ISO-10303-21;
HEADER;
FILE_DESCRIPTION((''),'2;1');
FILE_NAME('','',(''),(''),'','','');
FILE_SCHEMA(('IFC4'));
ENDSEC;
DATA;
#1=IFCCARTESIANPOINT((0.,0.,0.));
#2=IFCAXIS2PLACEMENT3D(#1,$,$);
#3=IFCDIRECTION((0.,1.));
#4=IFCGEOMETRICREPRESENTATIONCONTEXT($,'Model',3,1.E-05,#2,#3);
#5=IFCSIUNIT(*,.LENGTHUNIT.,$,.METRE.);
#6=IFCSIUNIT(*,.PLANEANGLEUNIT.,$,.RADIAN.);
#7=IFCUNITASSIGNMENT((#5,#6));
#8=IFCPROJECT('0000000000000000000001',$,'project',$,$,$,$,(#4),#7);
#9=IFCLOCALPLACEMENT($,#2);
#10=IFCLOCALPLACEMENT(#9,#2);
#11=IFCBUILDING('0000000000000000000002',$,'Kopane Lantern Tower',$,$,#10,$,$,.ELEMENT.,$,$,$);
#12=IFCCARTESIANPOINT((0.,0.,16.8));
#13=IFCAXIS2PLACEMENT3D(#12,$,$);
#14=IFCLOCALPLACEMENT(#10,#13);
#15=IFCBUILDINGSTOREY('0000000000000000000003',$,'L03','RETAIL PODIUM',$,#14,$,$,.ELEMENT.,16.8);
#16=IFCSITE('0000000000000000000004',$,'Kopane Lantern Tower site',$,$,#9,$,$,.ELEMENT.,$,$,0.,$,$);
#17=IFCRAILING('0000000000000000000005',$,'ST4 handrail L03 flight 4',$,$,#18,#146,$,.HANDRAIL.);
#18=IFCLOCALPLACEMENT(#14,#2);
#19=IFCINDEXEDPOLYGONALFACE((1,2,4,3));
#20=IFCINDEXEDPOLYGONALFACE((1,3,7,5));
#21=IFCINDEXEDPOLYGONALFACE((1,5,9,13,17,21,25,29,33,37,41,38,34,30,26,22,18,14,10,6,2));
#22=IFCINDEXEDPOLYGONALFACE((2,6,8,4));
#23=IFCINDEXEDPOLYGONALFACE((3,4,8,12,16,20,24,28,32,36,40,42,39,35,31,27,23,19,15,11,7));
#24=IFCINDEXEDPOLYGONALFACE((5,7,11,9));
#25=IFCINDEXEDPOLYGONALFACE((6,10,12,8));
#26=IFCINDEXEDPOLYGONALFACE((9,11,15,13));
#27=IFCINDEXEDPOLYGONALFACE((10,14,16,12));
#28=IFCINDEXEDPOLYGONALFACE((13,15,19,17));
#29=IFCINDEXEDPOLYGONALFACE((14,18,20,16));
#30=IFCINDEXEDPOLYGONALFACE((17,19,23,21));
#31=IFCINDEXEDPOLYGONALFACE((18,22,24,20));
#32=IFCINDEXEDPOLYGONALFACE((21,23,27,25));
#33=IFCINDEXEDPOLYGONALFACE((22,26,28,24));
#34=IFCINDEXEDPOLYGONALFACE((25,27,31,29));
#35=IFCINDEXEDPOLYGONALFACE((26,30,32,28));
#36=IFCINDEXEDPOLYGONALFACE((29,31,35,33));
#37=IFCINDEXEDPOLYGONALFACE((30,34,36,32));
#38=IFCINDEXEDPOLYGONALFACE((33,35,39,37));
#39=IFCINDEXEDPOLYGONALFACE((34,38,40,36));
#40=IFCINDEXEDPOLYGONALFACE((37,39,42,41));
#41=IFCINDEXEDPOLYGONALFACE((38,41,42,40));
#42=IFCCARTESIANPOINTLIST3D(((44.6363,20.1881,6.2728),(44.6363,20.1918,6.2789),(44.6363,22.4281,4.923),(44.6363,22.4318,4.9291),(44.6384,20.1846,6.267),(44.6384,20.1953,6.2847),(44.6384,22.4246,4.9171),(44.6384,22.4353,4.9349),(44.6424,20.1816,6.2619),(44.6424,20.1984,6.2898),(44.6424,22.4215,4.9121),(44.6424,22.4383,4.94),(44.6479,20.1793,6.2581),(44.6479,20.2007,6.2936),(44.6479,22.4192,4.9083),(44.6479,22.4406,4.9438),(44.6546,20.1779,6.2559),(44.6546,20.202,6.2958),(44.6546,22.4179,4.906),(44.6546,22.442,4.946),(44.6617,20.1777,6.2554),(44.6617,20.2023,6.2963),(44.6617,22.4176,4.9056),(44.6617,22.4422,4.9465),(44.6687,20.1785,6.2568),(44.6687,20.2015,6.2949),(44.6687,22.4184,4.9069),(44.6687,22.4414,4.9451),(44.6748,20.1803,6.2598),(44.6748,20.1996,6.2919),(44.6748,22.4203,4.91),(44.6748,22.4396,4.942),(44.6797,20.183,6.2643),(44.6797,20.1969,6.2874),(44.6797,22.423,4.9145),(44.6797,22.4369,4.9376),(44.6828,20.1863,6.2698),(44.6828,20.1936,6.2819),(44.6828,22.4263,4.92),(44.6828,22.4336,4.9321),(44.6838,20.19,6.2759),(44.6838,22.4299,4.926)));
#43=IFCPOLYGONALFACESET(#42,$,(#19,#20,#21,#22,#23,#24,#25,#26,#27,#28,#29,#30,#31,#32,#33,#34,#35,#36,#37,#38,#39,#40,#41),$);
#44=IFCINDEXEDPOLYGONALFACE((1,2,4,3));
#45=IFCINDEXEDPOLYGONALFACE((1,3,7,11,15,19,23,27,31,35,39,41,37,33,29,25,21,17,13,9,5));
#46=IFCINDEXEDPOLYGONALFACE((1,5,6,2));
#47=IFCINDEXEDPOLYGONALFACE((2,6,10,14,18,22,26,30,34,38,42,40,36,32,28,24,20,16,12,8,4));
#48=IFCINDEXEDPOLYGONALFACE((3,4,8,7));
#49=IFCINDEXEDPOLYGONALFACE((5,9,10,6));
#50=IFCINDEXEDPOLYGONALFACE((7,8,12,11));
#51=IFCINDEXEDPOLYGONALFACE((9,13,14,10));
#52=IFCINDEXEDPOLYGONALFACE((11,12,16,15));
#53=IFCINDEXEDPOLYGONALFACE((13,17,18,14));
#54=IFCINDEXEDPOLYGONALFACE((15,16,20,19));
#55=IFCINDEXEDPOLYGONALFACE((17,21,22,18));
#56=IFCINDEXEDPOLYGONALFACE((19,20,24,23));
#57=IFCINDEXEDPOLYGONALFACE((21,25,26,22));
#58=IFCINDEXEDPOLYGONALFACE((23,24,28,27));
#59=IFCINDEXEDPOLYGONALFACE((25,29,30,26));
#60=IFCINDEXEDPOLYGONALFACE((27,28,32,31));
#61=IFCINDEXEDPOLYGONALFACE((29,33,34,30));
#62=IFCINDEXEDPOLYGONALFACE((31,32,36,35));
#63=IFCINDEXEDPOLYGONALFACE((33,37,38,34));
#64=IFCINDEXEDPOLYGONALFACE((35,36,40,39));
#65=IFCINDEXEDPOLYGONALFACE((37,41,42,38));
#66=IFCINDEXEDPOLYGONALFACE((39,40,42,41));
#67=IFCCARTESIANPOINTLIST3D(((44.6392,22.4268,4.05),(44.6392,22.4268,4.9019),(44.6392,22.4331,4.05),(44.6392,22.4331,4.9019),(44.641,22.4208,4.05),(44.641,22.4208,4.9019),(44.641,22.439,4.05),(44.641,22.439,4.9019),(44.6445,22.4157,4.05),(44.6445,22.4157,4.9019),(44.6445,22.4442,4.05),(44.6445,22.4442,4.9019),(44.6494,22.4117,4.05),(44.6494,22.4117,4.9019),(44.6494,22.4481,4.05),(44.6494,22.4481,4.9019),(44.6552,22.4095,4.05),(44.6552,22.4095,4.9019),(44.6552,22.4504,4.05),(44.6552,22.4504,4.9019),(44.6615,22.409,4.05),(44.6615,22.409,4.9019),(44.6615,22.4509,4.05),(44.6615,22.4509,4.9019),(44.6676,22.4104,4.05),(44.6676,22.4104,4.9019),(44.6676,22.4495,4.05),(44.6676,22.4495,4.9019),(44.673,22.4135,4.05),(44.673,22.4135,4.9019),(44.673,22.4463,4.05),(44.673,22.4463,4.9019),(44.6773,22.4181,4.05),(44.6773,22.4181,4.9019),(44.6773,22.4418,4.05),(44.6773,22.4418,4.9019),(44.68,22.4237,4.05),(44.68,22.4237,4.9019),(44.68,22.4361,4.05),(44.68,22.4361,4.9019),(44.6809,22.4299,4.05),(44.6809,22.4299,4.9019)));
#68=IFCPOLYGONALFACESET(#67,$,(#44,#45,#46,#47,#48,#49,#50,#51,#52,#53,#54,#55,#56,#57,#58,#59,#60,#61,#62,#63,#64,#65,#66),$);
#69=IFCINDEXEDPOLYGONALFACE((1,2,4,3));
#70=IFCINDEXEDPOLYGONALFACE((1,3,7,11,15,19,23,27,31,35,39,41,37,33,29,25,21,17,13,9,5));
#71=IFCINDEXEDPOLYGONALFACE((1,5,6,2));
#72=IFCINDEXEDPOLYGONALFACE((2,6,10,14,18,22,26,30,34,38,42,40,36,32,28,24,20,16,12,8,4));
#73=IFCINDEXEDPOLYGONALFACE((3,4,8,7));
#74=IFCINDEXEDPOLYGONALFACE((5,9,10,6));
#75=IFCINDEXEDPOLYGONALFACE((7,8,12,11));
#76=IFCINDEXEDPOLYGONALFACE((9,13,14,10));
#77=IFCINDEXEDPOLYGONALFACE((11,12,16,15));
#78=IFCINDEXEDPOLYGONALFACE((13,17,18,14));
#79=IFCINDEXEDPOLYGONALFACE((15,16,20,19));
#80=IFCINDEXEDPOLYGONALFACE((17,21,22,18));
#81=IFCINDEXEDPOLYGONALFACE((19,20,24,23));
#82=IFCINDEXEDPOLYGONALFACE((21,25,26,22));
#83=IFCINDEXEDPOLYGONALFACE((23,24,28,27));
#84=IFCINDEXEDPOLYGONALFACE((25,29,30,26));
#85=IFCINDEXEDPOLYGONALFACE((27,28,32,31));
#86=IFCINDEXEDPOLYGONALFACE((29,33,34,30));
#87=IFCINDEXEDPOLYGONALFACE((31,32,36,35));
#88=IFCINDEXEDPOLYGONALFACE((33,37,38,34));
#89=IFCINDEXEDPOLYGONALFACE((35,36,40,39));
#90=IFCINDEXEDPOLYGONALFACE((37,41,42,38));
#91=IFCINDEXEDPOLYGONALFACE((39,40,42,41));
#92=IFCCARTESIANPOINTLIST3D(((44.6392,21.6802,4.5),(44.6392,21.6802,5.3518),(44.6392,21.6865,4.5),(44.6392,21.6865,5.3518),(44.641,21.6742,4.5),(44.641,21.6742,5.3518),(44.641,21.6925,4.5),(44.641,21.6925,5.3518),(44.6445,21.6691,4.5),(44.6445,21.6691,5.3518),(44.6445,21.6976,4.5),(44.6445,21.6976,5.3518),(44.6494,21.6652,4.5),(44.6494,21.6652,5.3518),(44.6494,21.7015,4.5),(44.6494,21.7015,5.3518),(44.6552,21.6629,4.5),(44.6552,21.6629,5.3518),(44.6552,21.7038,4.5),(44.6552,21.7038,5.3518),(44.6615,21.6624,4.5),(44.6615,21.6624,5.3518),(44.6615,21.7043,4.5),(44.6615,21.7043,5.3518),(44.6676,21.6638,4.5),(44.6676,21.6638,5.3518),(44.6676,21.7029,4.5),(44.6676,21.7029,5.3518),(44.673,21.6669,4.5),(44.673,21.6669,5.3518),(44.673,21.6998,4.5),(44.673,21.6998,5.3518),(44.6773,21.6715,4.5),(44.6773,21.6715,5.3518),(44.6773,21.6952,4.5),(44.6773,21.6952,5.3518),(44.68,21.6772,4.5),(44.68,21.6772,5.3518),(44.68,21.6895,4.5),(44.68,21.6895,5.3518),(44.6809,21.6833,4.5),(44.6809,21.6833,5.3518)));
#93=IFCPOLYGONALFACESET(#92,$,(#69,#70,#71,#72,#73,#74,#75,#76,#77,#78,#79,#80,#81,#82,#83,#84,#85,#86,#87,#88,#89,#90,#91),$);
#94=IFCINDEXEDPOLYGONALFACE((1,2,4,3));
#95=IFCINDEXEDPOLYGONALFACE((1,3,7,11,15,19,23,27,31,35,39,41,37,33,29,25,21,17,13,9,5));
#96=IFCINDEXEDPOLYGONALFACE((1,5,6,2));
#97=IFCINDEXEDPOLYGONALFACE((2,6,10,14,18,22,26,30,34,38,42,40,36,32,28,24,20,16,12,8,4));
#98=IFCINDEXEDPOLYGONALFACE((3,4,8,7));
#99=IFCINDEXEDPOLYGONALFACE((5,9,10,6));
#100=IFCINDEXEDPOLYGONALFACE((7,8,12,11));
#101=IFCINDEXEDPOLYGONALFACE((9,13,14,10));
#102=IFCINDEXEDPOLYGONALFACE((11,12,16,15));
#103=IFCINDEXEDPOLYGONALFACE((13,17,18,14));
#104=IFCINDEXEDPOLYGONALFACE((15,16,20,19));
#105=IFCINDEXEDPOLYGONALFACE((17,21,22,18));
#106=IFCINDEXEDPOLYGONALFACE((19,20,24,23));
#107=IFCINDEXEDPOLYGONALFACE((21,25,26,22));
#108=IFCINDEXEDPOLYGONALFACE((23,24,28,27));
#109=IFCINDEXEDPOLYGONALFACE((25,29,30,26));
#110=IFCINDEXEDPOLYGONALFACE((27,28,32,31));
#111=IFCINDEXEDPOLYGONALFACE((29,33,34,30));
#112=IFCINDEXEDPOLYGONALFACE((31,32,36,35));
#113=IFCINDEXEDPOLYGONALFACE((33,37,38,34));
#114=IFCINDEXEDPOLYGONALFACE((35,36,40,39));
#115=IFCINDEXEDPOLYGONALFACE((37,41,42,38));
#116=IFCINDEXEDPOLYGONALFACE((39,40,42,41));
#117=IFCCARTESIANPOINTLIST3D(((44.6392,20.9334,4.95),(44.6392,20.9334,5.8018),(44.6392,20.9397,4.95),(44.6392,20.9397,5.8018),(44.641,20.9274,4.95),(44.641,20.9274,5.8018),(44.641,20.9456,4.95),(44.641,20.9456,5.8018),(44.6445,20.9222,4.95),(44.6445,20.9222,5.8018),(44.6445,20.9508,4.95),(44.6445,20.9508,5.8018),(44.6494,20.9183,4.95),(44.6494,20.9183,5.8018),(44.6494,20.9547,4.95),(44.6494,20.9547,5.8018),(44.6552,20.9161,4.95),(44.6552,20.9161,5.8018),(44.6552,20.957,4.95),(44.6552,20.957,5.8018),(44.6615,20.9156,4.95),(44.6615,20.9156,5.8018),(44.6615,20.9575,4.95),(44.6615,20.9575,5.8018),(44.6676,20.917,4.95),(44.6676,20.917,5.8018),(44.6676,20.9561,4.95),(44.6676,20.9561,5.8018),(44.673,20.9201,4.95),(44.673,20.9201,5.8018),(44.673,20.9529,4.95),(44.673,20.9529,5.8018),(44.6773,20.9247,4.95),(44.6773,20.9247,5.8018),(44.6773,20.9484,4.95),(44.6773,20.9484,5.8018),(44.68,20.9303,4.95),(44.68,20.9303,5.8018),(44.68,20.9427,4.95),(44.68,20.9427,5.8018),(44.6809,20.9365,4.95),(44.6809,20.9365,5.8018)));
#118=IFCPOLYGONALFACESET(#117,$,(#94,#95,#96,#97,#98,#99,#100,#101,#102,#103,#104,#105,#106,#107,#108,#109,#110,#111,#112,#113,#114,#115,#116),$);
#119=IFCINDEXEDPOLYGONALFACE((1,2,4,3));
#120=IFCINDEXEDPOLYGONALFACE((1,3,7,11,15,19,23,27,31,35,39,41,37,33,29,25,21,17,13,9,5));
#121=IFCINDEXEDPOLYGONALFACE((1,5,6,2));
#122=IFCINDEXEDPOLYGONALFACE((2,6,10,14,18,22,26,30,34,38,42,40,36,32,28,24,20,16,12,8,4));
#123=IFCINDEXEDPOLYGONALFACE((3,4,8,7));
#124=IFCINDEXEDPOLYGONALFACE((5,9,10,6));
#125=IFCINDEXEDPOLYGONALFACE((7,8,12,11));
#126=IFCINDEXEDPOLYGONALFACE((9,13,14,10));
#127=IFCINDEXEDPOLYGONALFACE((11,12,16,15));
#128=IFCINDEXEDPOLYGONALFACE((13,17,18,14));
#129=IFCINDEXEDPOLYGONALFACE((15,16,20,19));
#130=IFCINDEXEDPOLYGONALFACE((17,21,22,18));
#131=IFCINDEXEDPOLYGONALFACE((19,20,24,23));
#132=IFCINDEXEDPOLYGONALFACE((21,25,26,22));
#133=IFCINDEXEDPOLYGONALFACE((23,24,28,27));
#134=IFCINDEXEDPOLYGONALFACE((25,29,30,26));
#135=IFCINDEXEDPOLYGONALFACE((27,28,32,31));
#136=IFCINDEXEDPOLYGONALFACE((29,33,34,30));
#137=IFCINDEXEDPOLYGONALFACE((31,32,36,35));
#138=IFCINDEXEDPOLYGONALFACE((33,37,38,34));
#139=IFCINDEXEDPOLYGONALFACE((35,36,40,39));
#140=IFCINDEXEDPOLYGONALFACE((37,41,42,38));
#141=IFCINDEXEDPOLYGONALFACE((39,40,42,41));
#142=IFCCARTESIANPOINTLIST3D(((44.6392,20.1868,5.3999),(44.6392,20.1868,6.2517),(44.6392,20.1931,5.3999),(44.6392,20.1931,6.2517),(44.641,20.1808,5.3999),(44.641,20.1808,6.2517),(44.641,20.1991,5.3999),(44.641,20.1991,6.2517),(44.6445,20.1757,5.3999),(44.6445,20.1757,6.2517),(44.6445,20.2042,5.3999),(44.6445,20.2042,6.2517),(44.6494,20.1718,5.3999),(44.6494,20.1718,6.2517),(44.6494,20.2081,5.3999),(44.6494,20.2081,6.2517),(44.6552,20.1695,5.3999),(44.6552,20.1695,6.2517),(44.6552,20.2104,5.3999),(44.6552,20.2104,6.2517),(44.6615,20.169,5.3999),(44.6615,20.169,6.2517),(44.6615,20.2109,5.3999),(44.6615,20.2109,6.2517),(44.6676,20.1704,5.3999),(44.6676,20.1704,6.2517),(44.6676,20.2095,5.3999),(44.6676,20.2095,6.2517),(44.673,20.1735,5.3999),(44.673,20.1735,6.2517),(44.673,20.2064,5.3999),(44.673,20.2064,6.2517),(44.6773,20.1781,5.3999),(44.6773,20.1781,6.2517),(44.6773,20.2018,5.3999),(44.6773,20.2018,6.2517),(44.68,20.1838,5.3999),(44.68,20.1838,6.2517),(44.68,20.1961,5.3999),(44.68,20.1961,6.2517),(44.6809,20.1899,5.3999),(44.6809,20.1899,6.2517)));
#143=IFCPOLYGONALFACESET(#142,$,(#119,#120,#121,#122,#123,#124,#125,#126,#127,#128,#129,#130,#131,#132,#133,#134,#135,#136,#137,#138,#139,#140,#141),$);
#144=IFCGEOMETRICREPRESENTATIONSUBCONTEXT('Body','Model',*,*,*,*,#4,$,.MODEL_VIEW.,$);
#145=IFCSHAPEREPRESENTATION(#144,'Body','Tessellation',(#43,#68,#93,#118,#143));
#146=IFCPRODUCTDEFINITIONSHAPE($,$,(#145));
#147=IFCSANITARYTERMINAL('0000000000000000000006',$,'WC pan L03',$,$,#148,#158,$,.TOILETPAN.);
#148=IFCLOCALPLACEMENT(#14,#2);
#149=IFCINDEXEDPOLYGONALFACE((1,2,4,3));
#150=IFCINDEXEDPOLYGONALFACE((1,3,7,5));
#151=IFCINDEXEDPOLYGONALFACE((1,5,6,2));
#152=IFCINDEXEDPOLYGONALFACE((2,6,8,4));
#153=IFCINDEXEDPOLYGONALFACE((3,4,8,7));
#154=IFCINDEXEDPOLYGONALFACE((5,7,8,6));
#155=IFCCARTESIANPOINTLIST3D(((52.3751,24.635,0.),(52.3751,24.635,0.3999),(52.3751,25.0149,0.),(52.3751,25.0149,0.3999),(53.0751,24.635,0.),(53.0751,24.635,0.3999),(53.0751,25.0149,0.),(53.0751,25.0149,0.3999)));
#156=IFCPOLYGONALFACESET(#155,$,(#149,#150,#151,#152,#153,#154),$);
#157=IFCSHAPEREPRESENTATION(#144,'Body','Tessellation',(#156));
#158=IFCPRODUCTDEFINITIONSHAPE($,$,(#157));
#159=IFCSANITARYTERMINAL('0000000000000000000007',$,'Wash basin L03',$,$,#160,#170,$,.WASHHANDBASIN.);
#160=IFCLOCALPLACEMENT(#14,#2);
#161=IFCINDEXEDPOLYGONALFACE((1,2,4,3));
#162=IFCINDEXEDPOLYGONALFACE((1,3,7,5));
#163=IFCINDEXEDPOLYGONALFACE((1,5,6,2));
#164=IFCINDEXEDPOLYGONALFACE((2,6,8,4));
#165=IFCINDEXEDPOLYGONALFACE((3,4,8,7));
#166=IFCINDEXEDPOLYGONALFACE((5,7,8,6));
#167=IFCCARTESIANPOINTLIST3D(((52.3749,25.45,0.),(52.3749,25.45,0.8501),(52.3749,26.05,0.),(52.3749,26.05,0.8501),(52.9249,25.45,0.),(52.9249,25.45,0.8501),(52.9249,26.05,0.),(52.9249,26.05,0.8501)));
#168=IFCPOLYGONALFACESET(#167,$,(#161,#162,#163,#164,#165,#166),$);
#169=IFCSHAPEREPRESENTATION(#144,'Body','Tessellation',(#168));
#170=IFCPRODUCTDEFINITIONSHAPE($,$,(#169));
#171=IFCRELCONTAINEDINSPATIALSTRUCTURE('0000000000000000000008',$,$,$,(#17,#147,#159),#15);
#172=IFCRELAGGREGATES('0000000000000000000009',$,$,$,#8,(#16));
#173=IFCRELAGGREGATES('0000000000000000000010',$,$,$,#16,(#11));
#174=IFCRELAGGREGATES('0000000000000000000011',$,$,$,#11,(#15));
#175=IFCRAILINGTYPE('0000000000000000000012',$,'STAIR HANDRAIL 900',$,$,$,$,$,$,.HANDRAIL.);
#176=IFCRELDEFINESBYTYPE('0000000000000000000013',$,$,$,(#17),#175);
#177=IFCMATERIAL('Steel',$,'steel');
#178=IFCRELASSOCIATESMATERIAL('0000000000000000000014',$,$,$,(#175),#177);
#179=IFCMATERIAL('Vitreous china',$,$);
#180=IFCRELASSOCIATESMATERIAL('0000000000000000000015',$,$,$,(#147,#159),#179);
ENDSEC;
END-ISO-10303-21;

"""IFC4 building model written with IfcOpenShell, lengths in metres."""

from ifc_helpers import new_model, si_unit, direction, frame, origin, origin_2d, place, context, subcontext, project, spatial, rectangle, circle, extrude, material, type_object, element, save


model = new_model("IFC4")

# Units and contexts
model_context = context("Model", 3, precision=1e-05, world=origin(), true_north=direction((0.0, 1.0)))
body_context = subcontext(model_context, "Body", "Model", "MODEL_VIEW")
ifc_project = project(units=[si_unit("LENGTHUNIT", "METRE"), si_unit("PLANEANGLEUNIT", "RADIAN")], contexts=[model_context])

# Site, building, storey
site_placement = place(None, origin())
site = spatial("IfcSite", under=ifc_project, at=site_placement, Name="Kopane Lantern Tower site", CompositionType="ELEMENT", RefElevation=0.0)
building_placement = place(site_placement, origin())
building = spatial("IfcBuilding", under=site, at=building_placement, Name="Kopane Lantern Tower", CompositionType="ELEMENT")
storey_placement = place(building_placement, frame((0.0, 0.0, 16.8)))
storey = spatial("IfcBuildingStorey", under=building, at=storey_placement, Name="L03", Description="RETAIL PODIUM", CompositionType="ELEMENT", Elevation=16.8)

# Railing
ifc_material_1 = material(Name="Steel", Category="steel")
railing_type_1 = type_object("IfcRailingType", Name="STAIR HANDRAIL 900", PredefinedType="HANDRAIL", material=ifc_material_1)
for number, where, name in (
    (1, (44.6599, 22.4299, 4.05), "ST4 handrail L03 flight 4"),
):
    element("IfcRailing", number, at=place(storey_placement, frame(where)), inside=storey, type_object=railing_type_1, Name=name, PredefinedType="HANDRAIL", context=body_context, shape_type="SweptSolid", body=[
        extrude(circle(Radius=0.0239, at=origin_2d()), frame((0.0, 0.0, 0.876), z_axis=(0.0, -0.856503, 0.516142), x_axis=(1.0, 0.0, 0.0)), (0.0, 0.0, 1.0), 2.6152),
        extrude(circle(Radius=0.021, at=origin_2d()), origin(), (0.0, 0.0, 1.0), 0.8518),
        extrude(circle(Radius=0.021, at=origin_2d()), frame((0.0, -0.7466, 0.45)), (0.0, 0.0, 1.0), 0.8518),
        extrude(circle(Radius=0.021, at=origin_2d()), frame((0.0, -1.4934, 0.8999)), (0.0, 0.0, 1.0), 0.8518),
        extrude(circle(Radius=0.021, at=origin_2d()), frame((0.0, -2.24, 1.3499)), (0.0, 0.0, 1.0), 0.8518),
    ])

# Sanitary terminals
ifc_material_2 = material(Name="Vitreous china")
sanitary_terminal_1_placement = place(storey_placement, frame((52.7251, 24.825, 0.0), z_axis=(0.0, 0.0, 1.0), x_axis=(1.0, 0.0, 0.0)))
element("IfcSanitaryTerminal", 2, at=sanitary_terminal_1_placement, inside=storey, material=ifc_material_2, Name="WC pan L03", PredefinedType="TOILETPAN", context=body_context, shape_type="SweptSolid", body=[
    extrude(rectangle(XDim=0.7, YDim=0.3799, at=origin_2d()), origin(), (0.0, 0.0, 1.0), 0.3999),
])
sanitary_terminal_2_placement = place(storey_placement, frame((52.6499, 25.75, 0.0), z_axis=(0.0, 0.0, 1.0), x_axis=(1.0, 0.0, 0.0)))
element("IfcSanitaryTerminal", 3, at=sanitary_terminal_2_placement, inside=storey, material=ifc_material_2, Name="Wash basin L03", PredefinedType="WASHHANDBASIN", context=body_context, shape_type="SweptSolid", body=[
    extrude(rectangle(XDim=0.55, YDim=0.6001, at=origin_2d()), origin(), (0.0, 0.0, 1.0), 0.8501),
])

save(model, "model.ifc")
